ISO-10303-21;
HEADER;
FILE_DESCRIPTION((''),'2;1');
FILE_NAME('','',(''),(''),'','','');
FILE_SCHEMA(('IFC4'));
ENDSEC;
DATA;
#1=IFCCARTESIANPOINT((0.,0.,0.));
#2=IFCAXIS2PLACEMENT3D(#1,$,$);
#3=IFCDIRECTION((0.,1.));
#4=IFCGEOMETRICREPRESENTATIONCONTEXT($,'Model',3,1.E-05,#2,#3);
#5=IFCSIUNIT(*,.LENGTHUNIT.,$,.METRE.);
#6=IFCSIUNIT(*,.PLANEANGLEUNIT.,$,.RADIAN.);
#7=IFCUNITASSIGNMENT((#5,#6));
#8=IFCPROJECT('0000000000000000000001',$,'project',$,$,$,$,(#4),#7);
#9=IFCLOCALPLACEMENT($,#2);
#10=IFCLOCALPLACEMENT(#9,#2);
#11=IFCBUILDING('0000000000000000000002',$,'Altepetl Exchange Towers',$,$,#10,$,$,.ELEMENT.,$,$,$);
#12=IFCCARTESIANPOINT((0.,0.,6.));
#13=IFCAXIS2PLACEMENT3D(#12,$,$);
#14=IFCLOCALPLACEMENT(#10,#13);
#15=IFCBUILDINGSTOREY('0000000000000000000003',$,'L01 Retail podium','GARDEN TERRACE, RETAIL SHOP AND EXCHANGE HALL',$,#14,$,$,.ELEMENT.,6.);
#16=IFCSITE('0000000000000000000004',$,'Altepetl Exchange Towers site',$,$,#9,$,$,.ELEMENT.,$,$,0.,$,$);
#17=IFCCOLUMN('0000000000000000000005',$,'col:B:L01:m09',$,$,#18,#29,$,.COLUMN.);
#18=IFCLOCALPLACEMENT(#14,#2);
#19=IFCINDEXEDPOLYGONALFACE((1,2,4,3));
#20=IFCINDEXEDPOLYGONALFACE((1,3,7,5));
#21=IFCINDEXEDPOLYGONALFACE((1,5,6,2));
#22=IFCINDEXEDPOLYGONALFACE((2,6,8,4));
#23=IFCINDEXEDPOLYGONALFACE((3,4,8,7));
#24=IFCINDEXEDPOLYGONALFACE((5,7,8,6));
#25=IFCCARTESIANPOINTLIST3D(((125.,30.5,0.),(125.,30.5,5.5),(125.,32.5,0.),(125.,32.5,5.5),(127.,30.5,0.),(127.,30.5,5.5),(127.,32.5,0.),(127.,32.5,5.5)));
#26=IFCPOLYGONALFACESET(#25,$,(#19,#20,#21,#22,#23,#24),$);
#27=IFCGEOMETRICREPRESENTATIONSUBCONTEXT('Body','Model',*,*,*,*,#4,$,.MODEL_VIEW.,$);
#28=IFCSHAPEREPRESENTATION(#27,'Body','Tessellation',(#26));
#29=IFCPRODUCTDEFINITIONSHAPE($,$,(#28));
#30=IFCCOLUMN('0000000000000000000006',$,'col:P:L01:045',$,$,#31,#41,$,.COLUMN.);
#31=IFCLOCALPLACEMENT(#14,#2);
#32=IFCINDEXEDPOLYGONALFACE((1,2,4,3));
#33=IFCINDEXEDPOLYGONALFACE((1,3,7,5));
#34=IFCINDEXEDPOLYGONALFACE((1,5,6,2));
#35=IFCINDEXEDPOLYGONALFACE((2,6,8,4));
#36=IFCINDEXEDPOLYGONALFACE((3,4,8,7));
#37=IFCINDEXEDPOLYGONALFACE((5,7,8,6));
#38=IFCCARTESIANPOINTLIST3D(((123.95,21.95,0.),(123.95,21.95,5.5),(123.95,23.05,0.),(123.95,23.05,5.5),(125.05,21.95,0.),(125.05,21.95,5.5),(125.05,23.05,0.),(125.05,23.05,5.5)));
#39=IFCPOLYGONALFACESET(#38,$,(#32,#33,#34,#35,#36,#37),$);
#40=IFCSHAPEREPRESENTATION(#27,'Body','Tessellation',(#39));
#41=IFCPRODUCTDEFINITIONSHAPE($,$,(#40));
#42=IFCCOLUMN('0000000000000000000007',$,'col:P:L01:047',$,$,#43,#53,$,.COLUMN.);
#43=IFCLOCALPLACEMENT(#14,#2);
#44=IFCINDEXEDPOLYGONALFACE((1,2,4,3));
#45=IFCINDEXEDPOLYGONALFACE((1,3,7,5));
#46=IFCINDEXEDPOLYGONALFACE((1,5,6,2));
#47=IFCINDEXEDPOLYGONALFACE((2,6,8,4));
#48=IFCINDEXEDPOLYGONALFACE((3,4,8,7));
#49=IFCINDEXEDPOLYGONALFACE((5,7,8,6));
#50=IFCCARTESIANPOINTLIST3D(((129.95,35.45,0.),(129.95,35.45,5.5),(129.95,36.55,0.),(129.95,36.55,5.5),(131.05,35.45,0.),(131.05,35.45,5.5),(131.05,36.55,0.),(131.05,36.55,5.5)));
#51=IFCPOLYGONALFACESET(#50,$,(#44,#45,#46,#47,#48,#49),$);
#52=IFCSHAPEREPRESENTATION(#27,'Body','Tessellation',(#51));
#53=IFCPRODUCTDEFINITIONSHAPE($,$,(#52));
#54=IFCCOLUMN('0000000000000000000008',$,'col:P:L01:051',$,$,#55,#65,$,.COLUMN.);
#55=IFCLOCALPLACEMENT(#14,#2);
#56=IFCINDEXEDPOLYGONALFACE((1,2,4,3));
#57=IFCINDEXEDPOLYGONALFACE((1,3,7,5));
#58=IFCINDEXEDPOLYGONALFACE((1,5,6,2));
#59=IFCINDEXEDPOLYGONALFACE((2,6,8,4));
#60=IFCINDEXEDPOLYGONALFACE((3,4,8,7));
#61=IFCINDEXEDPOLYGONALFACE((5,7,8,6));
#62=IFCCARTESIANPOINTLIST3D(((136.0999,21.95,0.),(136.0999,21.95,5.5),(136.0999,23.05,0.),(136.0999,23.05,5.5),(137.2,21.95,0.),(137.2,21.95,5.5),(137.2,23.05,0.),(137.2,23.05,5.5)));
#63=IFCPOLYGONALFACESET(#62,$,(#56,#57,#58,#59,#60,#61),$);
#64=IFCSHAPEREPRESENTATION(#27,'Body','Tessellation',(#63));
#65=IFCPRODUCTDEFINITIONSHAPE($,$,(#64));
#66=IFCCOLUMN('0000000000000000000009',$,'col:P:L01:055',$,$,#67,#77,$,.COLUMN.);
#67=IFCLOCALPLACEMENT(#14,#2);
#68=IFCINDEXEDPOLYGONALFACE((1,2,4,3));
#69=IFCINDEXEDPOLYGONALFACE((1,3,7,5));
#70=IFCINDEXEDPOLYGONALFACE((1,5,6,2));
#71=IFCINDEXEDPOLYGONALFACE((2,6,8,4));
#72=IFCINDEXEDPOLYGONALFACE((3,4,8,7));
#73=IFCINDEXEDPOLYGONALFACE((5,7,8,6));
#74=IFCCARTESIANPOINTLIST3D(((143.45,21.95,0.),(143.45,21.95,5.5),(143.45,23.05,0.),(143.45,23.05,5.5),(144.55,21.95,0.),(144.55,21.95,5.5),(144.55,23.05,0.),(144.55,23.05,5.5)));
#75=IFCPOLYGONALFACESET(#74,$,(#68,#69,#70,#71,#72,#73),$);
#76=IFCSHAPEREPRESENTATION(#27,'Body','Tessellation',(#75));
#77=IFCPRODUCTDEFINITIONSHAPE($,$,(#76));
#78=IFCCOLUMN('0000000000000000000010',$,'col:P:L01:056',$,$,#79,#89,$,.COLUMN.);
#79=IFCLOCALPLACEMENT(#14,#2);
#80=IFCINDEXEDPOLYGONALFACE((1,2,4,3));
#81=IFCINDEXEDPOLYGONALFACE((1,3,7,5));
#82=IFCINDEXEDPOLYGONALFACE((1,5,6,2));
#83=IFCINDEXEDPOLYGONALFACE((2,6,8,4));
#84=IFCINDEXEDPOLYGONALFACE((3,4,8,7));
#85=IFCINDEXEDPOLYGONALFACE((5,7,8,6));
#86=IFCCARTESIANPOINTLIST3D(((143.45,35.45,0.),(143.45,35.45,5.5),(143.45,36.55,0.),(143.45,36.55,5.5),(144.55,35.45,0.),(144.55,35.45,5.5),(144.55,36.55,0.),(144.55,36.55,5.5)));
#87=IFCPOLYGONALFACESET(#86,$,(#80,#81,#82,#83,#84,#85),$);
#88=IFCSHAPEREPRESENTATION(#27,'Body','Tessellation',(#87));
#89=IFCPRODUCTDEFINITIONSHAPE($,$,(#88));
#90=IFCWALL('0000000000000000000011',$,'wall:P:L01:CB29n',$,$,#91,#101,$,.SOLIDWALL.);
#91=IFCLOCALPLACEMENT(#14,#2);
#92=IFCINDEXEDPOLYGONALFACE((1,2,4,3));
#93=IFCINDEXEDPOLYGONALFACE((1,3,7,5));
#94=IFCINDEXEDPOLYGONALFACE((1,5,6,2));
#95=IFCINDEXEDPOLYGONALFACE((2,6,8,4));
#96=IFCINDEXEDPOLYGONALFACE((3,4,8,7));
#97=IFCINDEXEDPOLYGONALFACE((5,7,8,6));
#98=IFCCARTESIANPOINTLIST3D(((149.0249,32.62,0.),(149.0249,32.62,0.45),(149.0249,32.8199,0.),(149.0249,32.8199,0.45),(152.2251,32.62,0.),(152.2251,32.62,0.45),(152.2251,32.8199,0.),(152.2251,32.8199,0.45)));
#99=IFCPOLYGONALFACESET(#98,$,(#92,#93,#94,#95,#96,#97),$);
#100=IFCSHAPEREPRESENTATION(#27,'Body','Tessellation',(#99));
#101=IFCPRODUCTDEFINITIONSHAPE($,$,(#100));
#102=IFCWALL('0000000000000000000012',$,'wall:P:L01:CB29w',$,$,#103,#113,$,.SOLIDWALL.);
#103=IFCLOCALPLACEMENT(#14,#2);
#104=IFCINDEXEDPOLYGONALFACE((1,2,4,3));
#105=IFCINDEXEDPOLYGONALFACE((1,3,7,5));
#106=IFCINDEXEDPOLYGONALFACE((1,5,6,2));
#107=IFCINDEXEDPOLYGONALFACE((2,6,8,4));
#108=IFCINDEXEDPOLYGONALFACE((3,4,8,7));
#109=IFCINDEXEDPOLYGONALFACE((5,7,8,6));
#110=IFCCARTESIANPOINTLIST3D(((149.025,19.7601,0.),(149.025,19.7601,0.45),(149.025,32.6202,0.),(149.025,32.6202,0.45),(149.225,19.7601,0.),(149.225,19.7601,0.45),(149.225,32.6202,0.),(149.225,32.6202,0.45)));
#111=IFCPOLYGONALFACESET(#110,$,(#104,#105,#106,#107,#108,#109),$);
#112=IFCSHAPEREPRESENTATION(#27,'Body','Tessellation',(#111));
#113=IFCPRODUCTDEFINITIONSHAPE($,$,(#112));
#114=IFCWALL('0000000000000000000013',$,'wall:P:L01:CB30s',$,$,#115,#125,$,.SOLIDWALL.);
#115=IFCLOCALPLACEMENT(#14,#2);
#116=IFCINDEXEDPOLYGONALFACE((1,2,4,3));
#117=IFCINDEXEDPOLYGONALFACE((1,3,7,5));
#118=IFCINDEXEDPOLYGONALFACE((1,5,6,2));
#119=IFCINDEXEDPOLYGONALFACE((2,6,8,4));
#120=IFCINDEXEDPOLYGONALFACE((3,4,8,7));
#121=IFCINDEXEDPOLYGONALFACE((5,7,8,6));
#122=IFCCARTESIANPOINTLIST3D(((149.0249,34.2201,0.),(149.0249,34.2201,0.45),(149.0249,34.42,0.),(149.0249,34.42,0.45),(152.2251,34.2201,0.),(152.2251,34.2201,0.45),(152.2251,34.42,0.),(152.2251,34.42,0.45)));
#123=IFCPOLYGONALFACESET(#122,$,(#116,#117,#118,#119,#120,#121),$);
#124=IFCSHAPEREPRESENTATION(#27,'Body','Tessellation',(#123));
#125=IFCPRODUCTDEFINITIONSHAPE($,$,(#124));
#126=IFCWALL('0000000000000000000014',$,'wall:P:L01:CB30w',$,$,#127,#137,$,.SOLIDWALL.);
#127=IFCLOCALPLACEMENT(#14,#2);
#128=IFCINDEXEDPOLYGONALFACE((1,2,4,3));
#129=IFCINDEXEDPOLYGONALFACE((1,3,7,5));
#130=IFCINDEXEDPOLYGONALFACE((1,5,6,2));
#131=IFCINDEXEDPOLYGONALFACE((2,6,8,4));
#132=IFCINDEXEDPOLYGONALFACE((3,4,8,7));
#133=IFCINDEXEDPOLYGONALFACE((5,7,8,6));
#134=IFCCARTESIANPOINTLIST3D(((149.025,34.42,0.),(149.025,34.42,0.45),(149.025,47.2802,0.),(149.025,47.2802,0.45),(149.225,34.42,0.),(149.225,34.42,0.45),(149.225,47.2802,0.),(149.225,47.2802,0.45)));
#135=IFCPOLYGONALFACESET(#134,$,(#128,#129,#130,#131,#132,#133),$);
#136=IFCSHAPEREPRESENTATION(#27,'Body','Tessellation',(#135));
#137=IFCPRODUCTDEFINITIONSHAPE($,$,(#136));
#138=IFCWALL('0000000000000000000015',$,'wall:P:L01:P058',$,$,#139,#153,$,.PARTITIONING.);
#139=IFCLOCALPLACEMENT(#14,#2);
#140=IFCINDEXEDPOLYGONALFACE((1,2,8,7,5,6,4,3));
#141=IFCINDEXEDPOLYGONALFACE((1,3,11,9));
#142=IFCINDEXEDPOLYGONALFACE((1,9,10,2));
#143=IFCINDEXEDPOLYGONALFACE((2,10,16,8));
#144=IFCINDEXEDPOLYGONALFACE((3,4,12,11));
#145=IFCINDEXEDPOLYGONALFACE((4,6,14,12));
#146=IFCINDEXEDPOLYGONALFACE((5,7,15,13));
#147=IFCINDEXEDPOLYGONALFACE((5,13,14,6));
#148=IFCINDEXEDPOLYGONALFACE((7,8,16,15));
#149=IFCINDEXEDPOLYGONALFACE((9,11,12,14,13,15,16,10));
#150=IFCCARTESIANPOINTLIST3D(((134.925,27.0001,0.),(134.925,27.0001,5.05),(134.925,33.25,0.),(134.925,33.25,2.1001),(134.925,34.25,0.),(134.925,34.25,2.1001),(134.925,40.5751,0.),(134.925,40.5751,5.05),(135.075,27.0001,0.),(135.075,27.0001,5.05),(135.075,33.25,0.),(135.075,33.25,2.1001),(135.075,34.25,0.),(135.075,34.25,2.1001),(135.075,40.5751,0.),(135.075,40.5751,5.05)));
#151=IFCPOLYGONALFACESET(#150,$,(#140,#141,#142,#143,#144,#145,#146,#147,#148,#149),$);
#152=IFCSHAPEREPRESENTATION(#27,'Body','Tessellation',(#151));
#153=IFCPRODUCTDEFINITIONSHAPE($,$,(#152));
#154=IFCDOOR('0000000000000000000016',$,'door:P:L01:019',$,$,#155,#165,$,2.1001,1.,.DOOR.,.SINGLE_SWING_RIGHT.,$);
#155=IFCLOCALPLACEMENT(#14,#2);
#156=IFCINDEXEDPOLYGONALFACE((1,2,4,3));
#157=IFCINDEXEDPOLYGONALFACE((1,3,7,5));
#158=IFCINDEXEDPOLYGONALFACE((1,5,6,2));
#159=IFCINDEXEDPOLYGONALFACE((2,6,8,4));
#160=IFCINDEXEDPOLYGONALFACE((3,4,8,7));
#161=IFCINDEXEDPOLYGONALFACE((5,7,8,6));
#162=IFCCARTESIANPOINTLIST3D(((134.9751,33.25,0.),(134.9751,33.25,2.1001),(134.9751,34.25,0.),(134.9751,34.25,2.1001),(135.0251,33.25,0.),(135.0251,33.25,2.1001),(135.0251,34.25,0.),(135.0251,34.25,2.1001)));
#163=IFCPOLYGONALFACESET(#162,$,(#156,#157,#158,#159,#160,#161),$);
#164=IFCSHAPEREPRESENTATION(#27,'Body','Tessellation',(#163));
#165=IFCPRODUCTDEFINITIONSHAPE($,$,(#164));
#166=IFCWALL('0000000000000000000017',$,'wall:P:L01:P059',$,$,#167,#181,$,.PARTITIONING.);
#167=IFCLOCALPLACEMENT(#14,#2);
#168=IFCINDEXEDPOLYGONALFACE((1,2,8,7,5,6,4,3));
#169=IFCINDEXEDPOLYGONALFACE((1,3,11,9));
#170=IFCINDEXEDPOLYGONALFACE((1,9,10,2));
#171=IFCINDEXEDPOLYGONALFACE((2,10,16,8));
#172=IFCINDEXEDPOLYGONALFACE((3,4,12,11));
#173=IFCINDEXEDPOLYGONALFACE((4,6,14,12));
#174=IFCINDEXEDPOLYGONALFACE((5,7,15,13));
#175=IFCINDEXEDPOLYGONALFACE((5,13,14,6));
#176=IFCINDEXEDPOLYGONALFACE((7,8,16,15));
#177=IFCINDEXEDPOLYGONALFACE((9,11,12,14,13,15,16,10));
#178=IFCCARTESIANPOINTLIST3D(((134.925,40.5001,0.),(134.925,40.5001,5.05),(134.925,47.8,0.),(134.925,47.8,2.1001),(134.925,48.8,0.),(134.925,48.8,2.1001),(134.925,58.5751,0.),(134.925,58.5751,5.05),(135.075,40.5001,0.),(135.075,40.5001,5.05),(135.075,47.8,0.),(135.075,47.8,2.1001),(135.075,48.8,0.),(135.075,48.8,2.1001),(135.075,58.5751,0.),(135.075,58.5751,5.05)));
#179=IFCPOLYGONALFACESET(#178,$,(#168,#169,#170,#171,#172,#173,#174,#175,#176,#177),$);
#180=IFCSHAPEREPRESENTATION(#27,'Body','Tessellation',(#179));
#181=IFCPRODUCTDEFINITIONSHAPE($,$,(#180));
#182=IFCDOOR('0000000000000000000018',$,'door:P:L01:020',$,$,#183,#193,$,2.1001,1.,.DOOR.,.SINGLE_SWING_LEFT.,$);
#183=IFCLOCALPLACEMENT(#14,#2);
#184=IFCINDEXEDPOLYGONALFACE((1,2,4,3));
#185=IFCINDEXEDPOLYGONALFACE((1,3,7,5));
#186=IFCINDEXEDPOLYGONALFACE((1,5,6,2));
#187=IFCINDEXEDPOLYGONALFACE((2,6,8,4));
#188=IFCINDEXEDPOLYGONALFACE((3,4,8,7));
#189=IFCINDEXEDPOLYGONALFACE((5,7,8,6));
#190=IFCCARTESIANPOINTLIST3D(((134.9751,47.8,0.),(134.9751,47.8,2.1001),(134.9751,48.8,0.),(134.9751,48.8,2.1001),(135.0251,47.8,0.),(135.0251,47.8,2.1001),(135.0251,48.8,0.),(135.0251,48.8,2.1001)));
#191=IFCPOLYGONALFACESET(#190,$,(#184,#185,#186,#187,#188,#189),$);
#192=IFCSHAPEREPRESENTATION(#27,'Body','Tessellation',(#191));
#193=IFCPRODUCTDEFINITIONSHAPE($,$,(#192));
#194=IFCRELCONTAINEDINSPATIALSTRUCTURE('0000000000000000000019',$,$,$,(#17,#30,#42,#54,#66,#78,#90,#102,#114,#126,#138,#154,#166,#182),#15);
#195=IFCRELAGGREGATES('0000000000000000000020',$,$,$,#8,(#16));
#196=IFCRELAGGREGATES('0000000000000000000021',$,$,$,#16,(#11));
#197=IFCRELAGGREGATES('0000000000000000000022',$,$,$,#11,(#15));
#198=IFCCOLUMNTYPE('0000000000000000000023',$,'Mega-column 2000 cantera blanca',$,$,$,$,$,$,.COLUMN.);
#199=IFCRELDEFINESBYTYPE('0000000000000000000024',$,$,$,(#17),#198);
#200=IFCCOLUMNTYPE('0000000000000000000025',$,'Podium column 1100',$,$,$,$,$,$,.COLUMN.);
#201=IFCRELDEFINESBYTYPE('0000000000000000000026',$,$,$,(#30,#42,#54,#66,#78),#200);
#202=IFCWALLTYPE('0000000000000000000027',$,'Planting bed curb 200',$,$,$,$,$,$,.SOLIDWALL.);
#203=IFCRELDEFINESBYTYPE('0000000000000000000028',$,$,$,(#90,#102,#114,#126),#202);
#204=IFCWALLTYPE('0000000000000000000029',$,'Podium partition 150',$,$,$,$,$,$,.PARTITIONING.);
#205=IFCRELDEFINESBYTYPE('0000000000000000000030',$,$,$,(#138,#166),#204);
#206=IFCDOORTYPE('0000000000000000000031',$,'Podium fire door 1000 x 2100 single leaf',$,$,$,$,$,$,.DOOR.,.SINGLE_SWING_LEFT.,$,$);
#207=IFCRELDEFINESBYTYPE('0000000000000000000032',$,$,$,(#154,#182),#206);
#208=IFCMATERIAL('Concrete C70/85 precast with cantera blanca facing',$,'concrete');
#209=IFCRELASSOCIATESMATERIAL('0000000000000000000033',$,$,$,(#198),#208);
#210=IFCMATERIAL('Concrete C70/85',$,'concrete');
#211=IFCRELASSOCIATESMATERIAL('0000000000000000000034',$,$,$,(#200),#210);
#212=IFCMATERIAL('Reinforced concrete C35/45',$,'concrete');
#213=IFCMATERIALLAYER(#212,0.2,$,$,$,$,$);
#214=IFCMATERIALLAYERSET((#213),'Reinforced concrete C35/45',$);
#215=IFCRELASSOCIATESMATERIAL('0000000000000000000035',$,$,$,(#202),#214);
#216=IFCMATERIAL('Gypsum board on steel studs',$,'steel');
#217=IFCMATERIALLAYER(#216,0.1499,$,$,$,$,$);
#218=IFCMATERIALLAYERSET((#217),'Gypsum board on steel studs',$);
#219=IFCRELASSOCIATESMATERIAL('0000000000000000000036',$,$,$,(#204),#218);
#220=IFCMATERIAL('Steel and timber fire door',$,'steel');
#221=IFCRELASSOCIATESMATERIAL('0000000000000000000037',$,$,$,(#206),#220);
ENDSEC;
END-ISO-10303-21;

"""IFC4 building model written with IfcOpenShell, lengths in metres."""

from ifc_helpers import new_model, si_unit, direction, frame, frame_2d, origin, origin_2d, place, context, subcontext, project, spatial, rectangle, extrude, material, layer, layer_set, material_profile, profile_set, type_object, element, fill, save


model = new_model("IFC4")

# Units and contexts
model_context = context("Model", 3, precision=1e-05, world=origin(), true_north=direction((0.0, 1.0)))
body_context = subcontext(model_context, "Body", "Model", "MODEL_VIEW")
ifc_project = project(units=[si_unit("LENGTHUNIT", "METRE"), si_unit("PLANEANGLEUNIT", "RADIAN")], contexts=[model_context])

# Site, building, storey
site_placement = place(None, origin())
site = spatial("IfcSite", under=ifc_project, at=site_placement, Name="Altepetl Exchange Towers site", CompositionType="ELEMENT", RefElevation=0.0)
building_placement = place(site_placement, origin())
building = spatial("IfcBuilding", under=site, at=building_placement, Name="Altepetl Exchange Towers", CompositionType="ELEMENT")
storey_placement = place(building_placement, frame((0.0, 0.0, 6.0)))
storey = spatial("IfcBuildingStorey", under=building, at=storey_placement, Name="L01 Retail podium", Description="GARDEN TERRACE, RETAIL SHOP AND EXCHANGE HALL", CompositionType="ELEMENT", Elevation=6.0)

# Columns
ifc_material_1 = material(Name="Concrete C70/85 precast with cantera blanca facing", Category="concrete")
ifc_material_profile_1 = material_profile(ifc_material_1, rectangle(XDim=2.0, YDim=2.0, at=origin_2d()), Name="2000 x 2000")
ifc_profile_set_1 = profile_set([ifc_material_profile_1], Name="Concrete C70/85 precast with cantera blanca facing")
column_type_1 = type_object("IfcColumnType", Name="Mega-column 2000 cantera blanca", PredefinedType="COLUMN", material=ifc_profile_set_1)
column_placement = place(storey_placement, frame((126.0, 31.5, 0.0)))
element("IfcColumn", 1, at=column_placement, inside=storey, type_object=column_type_1, Name="col:B:L01:m09", PredefinedType="COLUMN", context=body_context, shape_type="SweptSolid", body=[
    extrude(rectangle(XDim=2.0, YDim=2.0, at=origin_2d()), origin(), (0.0, 0.0, 1.0), 5.5),
])
ifc_material_2 = material(Name="Concrete C70/85", Category="concrete")
ifc_material_profile_2 = material_profile(ifc_material_2, rectangle(XDim=1.1001, YDim=1.1001, at=origin_2d()), Name="1100 x 1100")
ifc_profile_set_2 = profile_set([ifc_material_profile_2], Name="Concrete C70/85")
column_type_2 = type_object("IfcColumnType", Name="Podium column 1100", PredefinedType="COLUMN", material=ifc_profile_set_2)
for number, where, name in (
    (2, (124.5, 22.5, 0.0), "col:P:L01:045"),
    (3, (130.5, 36.0, 0.0), "col:P:L01:047"),
    (4, (136.6499, 22.5, 0.0), "col:P:L01:051"),
    (5, (144.0, 22.5, 0.0), "col:P:L01:055"),
    (6, (144.0, 36.0, 0.0), "col:P:L01:056"),
):
    element("IfcColumn", number, at=place(storey_placement, frame(where)), inside=storey, type_object=column_type_2, Name=name, PredefinedType="COLUMN", context=body_context, shape_type="SweptSolid", body=[
        extrude(rectangle(XDim=1.1001, YDim=1.1001, at=origin_2d()), origin(), (0.0, 0.0, 1.0), 5.5),
    ])

# Walls
ifc_material_3 = material(Name="Reinforced concrete C35/45", Category="concrete")
ifc_layer_1 = layer(ifc_material_3, 0.2)
ifc_layer_set_1 = layer_set([ifc_layer_1], Name="Reinforced concrete C35/45")
wall_type_1 = type_object("IfcWallType", Name="Planting bed curb 200", PredefinedType="SOLIDWALL", material=ifc_layer_set_1)
wall_1_placement = place(storey_placement, frame((149.0249, 32.72, 0.0)))
element("IfcWall", 7, at=wall_1_placement, inside=storey, type_object=wall_type_1, Name="wall:P:L01:CB29n", PredefinedType="SOLIDWALL", context=body_context, shape_type="SweptSolid", body=[
    extrude(rectangle(XDim=3.2002, YDim=0.2, at=frame_2d((1.6001, 0.0))), origin(), (0.0, 0.0, 1.0), 0.45),
])
wall_2_placement = place(storey_placement, frame((149.125, 19.76, 0.0), z_axis=(0.0, 0.0, 1.0), x_axis=(0.0, 1.0, 0.0)))
element("IfcWall", 8, at=wall_2_placement, inside=storey, type_object=wall_type_1, Name="wall:P:L01:CB29w", PredefinedType="SOLIDWALL", context=body_context, shape_type="SweptSolid", body=[
    extrude(rectangle(XDim=12.8601, YDim=0.2, at=frame_2d((6.4302, 0.0))), origin(), (0.0, 0.0, 1.0), 0.45),
])
wall_3_placement = place(storey_placement, frame((149.0249, 34.3201, 0.0)))
element("IfcWall", 9, at=wall_3_placement, inside=storey, type_object=wall_type_1, Name="wall:P:L01:CB30s", PredefinedType="SOLIDWALL", context=body_context, shape_type="SweptSolid", body=[
    extrude(rectangle(XDim=3.2002, YDim=0.2, at=frame_2d((1.6001, 0.0))), origin(), (0.0, 0.0, 1.0), 0.45),
])
wall_4_placement = place(storey_placement, frame((149.125, 34.4199, 0.0), z_axis=(0.0, 0.0, 1.0), x_axis=(0.0, 1.0, 0.0)))
element("IfcWall", 10, at=wall_4_placement, inside=storey, type_object=wall_type_1, Name="wall:P:L01:CB30w", PredefinedType="SOLIDWALL", context=body_context, shape_type="SweptSolid", body=[
    extrude(rectangle(XDim=12.8601, YDim=0.2, at=frame_2d((6.4302, 0.0))), origin(), (0.0, 0.0, 1.0), 0.45),
])

# Walls, openings, doors
ifc_material_4 = material(Name="Gypsum board on steel studs", Category="steel")
ifc_layer_2 = layer(ifc_material_4, 0.1499)
ifc_layer_set_2 = layer_set([ifc_layer_2], Name="Gypsum board on steel studs")
wall_type_2 = type_object("IfcWallType", Name="Podium partition 150", PredefinedType="PARTITIONING", material=ifc_layer_set_2)
wall_5_placement = place(storey_placement, frame((135.0, 27.0, 0.0), z_axis=(0.0, 0.0, 1.0), x_axis=(0.0, 1.0, 0.0)))
wall_5 = element("IfcWall", 11, at=wall_5_placement, inside=storey, type_object=wall_type_2, Name="wall:P:L01:P058", PredefinedType="PARTITIONING", context=body_context, shape_type="SweptSolid", body=[
    extrude(rectangle(XDim=13.575, YDim=0.1499, at=frame_2d((6.7876, 0.0))), origin(), (0.0, 0.0, 1.0), 5.05),
])
opening_1_placement = place(wall_5_placement, frame((6.25, 0.0, 0.0)))
opening_1 = element("IfcOpeningElement", 12, at=opening_1_placement, cuts=wall_5, PredefinedType="OPENING", context=body_context, shape_type="SweptSolid", body=[
    extrude(rectangle(XDim=1.0, YDim=2.1001, at=frame_2d((0.5, 1.05))), frame((0.0, 0.085, 0.0), z_axis=(0.0, -1.0, 0.0), x_axis=(1.0, 0.0, 0.0)), (0.0, 0.0, 1.0), 0.1699),
])
ifc_material_5 = material(Name="Steel and timber fire door", Category="steel")
door_type_1 = type_object("IfcDoorType", Name="Podium fire door 1000 x 2100 single leaf", OperationType="SINGLE_SWING_LEFT", PredefinedType="DOOR", material=ifc_material_5)
door_1_placement = place(opening_1_placement, origin())
door_1 = element("IfcDoor", 13, at=door_1_placement, inside=storey, type_object=door_type_1, Name="door:P:L01:019", OperationType="SINGLE_SWING_RIGHT", OverallHeight=2.1001, OverallWidth=1.0, PredefinedType="DOOR", context=body_context, shape_type="SweptSolid", body=[
    extrude(rectangle(XDim=1.0, YDim=2.1001, at=frame_2d((0.5, 1.05))), frame((0.0, 0.0249, 0.0), z_axis=(0.0, -1.0, 0.0), x_axis=(1.0, 0.0, 0.0)), (0.0, 0.0, 1.0), 0.05),
])
fill(opening_1, door_1)
wall_6_placement = place(storey_placement, frame((135.0, 40.5, 0.0), z_axis=(0.0, 0.0, 1.0), x_axis=(0.0, 1.0, 0.0)))
wall_6 = element("IfcWall", 14, at=wall_6_placement, inside=storey, type_object=wall_type_2, Name="wall:P:L01:P059", PredefinedType="PARTITIONING", context=body_context, shape_type="SweptSolid", body=[
    extrude(rectangle(XDim=18.075, YDim=0.1499, at=frame_2d((9.0376, 0.0))), origin(), (0.0, 0.0, 1.0), 5.05),
])
opening_2_placement = place(wall_6_placement, frame((7.3, 0.0, 0.0)))
opening_2 = element("IfcOpeningElement", 15, at=opening_2_placement, cuts=wall_6, PredefinedType="OPENING", context=body_context, shape_type="SweptSolid", body=[
    extrude(rectangle(XDim=1.0, YDim=2.1001, at=frame_2d((0.5, 1.05))), frame((0.0, 0.085, 0.0), z_axis=(0.0, -1.0, 0.0), x_axis=(1.0, 0.0, 0.0)), (0.0, 0.0, 1.0), 0.1699),
])
door_2_placement = place(opening_2_placement, origin())
door_2 = element("IfcDoor", 16, at=door_2_placement, inside=storey, type_object=door_type_1, Name="door:P:L01:020", OperationType="SINGLE_SWING_LEFT", OverallHeight=2.1001, OverallWidth=1.0, PredefinedType="DOOR", context=body_context, shape_type="SweptSolid", body=[
    extrude(rectangle(XDim=1.0, YDim=2.1001, at=frame_2d((0.5, 1.05))), frame((0.0, 0.0249, 0.0), z_axis=(0.0, -1.0, 0.0), x_axis=(1.0, 0.0, 0.0)), (0.0, 0.0, 1.0), 0.05),
])
fill(opening_2, door_2)

save(model, "model.ifc")
